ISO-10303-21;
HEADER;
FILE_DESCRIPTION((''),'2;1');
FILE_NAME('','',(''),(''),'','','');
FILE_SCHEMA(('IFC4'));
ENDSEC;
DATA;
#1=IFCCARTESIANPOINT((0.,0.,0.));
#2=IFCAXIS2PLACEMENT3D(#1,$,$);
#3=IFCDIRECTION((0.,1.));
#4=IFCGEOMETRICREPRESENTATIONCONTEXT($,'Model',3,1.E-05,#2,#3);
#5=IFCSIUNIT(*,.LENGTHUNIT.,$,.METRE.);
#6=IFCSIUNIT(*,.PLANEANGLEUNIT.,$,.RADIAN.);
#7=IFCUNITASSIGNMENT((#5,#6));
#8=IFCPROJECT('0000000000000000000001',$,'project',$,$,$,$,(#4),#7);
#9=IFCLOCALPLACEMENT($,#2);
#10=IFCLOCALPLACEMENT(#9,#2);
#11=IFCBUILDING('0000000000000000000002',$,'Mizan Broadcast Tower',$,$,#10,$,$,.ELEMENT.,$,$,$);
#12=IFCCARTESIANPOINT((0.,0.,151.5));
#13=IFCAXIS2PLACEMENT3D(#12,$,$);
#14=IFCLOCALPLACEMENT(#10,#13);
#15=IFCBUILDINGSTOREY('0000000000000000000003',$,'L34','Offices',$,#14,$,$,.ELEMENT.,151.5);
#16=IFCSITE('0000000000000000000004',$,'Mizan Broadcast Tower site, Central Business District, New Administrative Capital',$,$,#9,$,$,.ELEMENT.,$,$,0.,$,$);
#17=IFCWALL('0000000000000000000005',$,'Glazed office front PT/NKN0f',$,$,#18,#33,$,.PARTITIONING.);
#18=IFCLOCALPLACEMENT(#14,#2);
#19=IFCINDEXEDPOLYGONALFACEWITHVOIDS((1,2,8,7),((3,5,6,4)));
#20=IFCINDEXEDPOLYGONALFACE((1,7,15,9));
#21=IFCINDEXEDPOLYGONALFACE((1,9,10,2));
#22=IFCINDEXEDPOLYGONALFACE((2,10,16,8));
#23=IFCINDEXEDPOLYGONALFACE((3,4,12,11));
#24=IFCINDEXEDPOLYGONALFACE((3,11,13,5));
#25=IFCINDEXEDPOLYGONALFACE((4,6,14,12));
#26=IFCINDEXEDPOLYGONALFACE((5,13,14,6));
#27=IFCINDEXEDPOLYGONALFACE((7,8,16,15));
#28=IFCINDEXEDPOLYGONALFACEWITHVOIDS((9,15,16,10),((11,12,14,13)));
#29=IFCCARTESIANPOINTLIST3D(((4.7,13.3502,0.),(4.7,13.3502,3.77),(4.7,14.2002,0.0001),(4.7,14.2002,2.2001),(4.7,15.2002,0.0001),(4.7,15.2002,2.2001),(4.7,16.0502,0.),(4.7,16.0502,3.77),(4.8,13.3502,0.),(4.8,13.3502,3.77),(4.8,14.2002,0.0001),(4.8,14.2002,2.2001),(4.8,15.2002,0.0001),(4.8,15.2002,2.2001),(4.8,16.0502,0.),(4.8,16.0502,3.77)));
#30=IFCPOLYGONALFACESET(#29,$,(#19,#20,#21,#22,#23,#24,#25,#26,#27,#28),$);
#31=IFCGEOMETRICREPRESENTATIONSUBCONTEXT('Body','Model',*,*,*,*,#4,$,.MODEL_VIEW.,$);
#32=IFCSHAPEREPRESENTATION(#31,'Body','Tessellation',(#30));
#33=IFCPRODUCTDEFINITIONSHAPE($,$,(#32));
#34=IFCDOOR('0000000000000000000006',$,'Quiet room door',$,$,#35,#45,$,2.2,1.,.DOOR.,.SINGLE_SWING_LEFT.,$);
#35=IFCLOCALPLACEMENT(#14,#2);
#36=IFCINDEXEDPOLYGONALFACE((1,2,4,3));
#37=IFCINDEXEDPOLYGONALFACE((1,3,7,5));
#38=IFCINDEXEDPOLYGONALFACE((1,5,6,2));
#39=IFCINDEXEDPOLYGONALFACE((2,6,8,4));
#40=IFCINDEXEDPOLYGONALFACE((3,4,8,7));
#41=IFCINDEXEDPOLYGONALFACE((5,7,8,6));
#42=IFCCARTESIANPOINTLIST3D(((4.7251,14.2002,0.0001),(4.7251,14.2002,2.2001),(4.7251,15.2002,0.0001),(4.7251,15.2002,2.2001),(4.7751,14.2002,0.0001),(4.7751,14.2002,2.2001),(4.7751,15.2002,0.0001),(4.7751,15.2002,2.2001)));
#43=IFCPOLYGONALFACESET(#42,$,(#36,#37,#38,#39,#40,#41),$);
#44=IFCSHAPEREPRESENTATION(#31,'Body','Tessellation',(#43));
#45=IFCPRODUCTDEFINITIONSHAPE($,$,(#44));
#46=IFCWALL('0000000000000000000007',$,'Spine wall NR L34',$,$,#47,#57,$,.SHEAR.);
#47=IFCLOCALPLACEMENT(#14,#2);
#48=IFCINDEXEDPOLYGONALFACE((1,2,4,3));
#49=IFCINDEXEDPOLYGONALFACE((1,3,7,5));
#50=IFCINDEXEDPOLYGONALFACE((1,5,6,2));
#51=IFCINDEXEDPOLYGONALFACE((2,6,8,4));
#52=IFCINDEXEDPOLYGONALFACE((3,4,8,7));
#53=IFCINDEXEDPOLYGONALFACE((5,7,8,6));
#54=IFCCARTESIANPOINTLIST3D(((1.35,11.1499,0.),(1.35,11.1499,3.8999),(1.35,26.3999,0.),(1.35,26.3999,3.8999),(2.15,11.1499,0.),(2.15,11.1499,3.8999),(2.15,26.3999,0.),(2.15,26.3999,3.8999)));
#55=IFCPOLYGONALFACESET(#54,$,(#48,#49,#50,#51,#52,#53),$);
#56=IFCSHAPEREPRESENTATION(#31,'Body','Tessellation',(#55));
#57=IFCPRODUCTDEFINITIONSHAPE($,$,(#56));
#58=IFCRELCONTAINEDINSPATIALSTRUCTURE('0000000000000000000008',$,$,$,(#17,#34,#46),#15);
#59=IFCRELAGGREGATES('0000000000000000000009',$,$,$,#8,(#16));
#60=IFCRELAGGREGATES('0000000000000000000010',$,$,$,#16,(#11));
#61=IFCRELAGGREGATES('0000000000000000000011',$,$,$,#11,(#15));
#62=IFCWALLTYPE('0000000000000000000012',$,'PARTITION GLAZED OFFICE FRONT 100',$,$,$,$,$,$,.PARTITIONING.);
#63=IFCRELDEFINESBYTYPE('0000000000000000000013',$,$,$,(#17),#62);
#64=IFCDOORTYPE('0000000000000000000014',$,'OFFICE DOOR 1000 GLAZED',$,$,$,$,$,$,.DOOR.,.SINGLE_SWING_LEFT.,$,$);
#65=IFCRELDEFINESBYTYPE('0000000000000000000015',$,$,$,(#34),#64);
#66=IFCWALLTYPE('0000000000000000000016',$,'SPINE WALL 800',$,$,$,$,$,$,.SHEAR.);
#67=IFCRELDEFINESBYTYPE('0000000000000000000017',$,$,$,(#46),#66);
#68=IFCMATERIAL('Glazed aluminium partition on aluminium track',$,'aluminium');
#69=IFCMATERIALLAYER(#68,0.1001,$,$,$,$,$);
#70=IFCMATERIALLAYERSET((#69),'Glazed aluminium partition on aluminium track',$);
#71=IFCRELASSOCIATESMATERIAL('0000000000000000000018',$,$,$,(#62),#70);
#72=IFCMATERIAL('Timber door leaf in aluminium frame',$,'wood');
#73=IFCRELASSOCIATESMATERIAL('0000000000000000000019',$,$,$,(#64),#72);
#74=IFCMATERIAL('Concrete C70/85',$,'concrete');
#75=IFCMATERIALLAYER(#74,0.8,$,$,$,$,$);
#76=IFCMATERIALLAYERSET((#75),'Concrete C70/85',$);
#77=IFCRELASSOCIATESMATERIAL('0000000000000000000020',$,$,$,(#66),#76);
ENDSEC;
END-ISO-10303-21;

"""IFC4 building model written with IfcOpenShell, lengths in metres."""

from ifc_helpers import new_model, si_unit, direction, frame, frame_2d, origin, place, context, subcontext, project, spatial, rectangle, extrude, material, layer, layer_set, type_object, element, fill, save


model = new_model("IFC4")

# Units and contexts
model_context = context("Model", 3, precision=1e-05, world=origin(), true_north=direction((0.0, 1.0)))
body_context = subcontext(model_context, "Body", "Model", "MODEL_VIEW")
ifc_project = project(units=[si_unit("LENGTHUNIT", "METRE"), si_unit("PLANEANGLEUNIT", "RADIAN")], contexts=[model_context])

# Site, building, storey
site_placement = place(None, origin())
site = spatial("IfcSite", under=ifc_project, at=site_placement, Name="Mizan Broadcast Tower site, Central Business District, New Administrative Capital", CompositionType="ELEMENT", RefElevation=0.0)
building_placement = place(site_placement, origin())
building = spatial("IfcBuilding", under=site, at=building_placement, Name="Mizan Broadcast Tower", CompositionType="ELEMENT")
storey_placement = place(building_placement, frame((0.0, 0.0, 151.5)))
storey = spatial("IfcBuildingStorey", under=building, at=storey_placement, Name="L34", Description="Offices", CompositionType="ELEMENT", Elevation=151.5)

# Shared definitions
ifc_material_1 = material(Name="Glazed aluminium partition on aluminium track", Category="aluminium")
ifc_layer_1 = layer(ifc_material_1, 0.1001)
ifc_layer_set_1 = layer_set([ifc_layer_1], Name="Glazed aluminium partition on aluminium track")
wall_type_1 = type_object("IfcWallType", Name="PARTITION GLAZED OFFICE FRONT 100", PredefinedType="PARTITIONING", material=ifc_layer_set_1)

# Wall, opening, door
wall_1_placement = place(storey_placement, frame((4.75, 13.3501, 0.0), z_axis=(0.0, 0.0, 1.0), x_axis=(0.0, 1.0, 0.0)))
wall_1 = element("IfcWall", 1, at=wall_1_placement, inside=storey, type_object=wall_type_1, Name="Glazed office front PT/NKN0f", PredefinedType="PARTITIONING", context=body_context, shape_type="SweptSolid", body=[
    extrude(rectangle(XDim=2.7, YDim=0.1001, at=frame_2d((1.3501, 0.0))), origin(), (0.0, 0.0, 1.0), 3.77),
])
opening_placement = place(wall_1_placement, frame((0.8501, 0.0, 0.0)))
opening = element("IfcOpeningElement", 2, at=opening_placement, cuts=wall_1, PredefinedType="OPENING", context=body_context, shape_type="SweptSolid", body=[
    extrude(rectangle(XDim=1.0, YDim=2.2, at=frame_2d((0.5, 1.1001))), frame((0.0, 0.0601, 0.0), z_axis=(0.0, -1.0, 0.0), x_axis=(1.0, 0.0, 0.0)), (0.0, 0.0, 1.0), 0.1201),
])
ifc_material_2 = material(Name="Timber door leaf in aluminium frame", Category="wood")
door_type = type_object("IfcDoorType", Name="OFFICE DOOR 1000 GLAZED", OperationType="SINGLE_SWING_LEFT", PredefinedType="DOOR", material=ifc_material_2)
door_placement = place(opening_placement, origin())
door = element("IfcDoor", 3, at=door_placement, inside=storey, type_object=door_type, Name="Quiet room door", OperationType="SINGLE_SWING_LEFT", OverallHeight=2.2, OverallWidth=1.0, PredefinedType="DOOR", context=body_context, shape_type="SweptSolid", body=[
    extrude(rectangle(XDim=1.0, YDim=2.2, at=frame_2d((0.5, 1.1001))), frame((0.0, 0.0249, 0.0), z_axis=(0.0, -1.0, 0.0), x_axis=(1.0, 0.0, 0.0)), (0.0, 0.0, 1.0), 0.05),
])
fill(opening, door)

# Wall
ifc_material_3 = material(Name="Concrete C70/85", Category="concrete")
ifc_layer_2 = layer(ifc_material_3, 0.8)
ifc_layer_set_2 = layer_set([ifc_layer_2], Name="Concrete C70/85")
wall_type_2 = type_object("IfcWallType", Name="SPINE WALL 800", PredefinedType="SHEAR", material=ifc_layer_set_2)
wall_2_placement = place(storey_placement, frame((1.75, 11.1499, 0.0), z_axis=(0.0, 0.0, 1.0), x_axis=(0.0, 1.0, 0.0)))
element("IfcWall", 4, at=wall_2_placement, inside=storey, type_object=wall_type_2, Name="Spine wall NR L34", PredefinedType="SHEAR", context=body_context, shape_type="SweptSolid", body=[
    extrude(rectangle(XDim=15.25, YDim=0.8, at=frame_2d((7.625, 0.0))), origin(), (0.0, 0.0, 1.0), 3.8999),
])

save(model, "model.ifc")
